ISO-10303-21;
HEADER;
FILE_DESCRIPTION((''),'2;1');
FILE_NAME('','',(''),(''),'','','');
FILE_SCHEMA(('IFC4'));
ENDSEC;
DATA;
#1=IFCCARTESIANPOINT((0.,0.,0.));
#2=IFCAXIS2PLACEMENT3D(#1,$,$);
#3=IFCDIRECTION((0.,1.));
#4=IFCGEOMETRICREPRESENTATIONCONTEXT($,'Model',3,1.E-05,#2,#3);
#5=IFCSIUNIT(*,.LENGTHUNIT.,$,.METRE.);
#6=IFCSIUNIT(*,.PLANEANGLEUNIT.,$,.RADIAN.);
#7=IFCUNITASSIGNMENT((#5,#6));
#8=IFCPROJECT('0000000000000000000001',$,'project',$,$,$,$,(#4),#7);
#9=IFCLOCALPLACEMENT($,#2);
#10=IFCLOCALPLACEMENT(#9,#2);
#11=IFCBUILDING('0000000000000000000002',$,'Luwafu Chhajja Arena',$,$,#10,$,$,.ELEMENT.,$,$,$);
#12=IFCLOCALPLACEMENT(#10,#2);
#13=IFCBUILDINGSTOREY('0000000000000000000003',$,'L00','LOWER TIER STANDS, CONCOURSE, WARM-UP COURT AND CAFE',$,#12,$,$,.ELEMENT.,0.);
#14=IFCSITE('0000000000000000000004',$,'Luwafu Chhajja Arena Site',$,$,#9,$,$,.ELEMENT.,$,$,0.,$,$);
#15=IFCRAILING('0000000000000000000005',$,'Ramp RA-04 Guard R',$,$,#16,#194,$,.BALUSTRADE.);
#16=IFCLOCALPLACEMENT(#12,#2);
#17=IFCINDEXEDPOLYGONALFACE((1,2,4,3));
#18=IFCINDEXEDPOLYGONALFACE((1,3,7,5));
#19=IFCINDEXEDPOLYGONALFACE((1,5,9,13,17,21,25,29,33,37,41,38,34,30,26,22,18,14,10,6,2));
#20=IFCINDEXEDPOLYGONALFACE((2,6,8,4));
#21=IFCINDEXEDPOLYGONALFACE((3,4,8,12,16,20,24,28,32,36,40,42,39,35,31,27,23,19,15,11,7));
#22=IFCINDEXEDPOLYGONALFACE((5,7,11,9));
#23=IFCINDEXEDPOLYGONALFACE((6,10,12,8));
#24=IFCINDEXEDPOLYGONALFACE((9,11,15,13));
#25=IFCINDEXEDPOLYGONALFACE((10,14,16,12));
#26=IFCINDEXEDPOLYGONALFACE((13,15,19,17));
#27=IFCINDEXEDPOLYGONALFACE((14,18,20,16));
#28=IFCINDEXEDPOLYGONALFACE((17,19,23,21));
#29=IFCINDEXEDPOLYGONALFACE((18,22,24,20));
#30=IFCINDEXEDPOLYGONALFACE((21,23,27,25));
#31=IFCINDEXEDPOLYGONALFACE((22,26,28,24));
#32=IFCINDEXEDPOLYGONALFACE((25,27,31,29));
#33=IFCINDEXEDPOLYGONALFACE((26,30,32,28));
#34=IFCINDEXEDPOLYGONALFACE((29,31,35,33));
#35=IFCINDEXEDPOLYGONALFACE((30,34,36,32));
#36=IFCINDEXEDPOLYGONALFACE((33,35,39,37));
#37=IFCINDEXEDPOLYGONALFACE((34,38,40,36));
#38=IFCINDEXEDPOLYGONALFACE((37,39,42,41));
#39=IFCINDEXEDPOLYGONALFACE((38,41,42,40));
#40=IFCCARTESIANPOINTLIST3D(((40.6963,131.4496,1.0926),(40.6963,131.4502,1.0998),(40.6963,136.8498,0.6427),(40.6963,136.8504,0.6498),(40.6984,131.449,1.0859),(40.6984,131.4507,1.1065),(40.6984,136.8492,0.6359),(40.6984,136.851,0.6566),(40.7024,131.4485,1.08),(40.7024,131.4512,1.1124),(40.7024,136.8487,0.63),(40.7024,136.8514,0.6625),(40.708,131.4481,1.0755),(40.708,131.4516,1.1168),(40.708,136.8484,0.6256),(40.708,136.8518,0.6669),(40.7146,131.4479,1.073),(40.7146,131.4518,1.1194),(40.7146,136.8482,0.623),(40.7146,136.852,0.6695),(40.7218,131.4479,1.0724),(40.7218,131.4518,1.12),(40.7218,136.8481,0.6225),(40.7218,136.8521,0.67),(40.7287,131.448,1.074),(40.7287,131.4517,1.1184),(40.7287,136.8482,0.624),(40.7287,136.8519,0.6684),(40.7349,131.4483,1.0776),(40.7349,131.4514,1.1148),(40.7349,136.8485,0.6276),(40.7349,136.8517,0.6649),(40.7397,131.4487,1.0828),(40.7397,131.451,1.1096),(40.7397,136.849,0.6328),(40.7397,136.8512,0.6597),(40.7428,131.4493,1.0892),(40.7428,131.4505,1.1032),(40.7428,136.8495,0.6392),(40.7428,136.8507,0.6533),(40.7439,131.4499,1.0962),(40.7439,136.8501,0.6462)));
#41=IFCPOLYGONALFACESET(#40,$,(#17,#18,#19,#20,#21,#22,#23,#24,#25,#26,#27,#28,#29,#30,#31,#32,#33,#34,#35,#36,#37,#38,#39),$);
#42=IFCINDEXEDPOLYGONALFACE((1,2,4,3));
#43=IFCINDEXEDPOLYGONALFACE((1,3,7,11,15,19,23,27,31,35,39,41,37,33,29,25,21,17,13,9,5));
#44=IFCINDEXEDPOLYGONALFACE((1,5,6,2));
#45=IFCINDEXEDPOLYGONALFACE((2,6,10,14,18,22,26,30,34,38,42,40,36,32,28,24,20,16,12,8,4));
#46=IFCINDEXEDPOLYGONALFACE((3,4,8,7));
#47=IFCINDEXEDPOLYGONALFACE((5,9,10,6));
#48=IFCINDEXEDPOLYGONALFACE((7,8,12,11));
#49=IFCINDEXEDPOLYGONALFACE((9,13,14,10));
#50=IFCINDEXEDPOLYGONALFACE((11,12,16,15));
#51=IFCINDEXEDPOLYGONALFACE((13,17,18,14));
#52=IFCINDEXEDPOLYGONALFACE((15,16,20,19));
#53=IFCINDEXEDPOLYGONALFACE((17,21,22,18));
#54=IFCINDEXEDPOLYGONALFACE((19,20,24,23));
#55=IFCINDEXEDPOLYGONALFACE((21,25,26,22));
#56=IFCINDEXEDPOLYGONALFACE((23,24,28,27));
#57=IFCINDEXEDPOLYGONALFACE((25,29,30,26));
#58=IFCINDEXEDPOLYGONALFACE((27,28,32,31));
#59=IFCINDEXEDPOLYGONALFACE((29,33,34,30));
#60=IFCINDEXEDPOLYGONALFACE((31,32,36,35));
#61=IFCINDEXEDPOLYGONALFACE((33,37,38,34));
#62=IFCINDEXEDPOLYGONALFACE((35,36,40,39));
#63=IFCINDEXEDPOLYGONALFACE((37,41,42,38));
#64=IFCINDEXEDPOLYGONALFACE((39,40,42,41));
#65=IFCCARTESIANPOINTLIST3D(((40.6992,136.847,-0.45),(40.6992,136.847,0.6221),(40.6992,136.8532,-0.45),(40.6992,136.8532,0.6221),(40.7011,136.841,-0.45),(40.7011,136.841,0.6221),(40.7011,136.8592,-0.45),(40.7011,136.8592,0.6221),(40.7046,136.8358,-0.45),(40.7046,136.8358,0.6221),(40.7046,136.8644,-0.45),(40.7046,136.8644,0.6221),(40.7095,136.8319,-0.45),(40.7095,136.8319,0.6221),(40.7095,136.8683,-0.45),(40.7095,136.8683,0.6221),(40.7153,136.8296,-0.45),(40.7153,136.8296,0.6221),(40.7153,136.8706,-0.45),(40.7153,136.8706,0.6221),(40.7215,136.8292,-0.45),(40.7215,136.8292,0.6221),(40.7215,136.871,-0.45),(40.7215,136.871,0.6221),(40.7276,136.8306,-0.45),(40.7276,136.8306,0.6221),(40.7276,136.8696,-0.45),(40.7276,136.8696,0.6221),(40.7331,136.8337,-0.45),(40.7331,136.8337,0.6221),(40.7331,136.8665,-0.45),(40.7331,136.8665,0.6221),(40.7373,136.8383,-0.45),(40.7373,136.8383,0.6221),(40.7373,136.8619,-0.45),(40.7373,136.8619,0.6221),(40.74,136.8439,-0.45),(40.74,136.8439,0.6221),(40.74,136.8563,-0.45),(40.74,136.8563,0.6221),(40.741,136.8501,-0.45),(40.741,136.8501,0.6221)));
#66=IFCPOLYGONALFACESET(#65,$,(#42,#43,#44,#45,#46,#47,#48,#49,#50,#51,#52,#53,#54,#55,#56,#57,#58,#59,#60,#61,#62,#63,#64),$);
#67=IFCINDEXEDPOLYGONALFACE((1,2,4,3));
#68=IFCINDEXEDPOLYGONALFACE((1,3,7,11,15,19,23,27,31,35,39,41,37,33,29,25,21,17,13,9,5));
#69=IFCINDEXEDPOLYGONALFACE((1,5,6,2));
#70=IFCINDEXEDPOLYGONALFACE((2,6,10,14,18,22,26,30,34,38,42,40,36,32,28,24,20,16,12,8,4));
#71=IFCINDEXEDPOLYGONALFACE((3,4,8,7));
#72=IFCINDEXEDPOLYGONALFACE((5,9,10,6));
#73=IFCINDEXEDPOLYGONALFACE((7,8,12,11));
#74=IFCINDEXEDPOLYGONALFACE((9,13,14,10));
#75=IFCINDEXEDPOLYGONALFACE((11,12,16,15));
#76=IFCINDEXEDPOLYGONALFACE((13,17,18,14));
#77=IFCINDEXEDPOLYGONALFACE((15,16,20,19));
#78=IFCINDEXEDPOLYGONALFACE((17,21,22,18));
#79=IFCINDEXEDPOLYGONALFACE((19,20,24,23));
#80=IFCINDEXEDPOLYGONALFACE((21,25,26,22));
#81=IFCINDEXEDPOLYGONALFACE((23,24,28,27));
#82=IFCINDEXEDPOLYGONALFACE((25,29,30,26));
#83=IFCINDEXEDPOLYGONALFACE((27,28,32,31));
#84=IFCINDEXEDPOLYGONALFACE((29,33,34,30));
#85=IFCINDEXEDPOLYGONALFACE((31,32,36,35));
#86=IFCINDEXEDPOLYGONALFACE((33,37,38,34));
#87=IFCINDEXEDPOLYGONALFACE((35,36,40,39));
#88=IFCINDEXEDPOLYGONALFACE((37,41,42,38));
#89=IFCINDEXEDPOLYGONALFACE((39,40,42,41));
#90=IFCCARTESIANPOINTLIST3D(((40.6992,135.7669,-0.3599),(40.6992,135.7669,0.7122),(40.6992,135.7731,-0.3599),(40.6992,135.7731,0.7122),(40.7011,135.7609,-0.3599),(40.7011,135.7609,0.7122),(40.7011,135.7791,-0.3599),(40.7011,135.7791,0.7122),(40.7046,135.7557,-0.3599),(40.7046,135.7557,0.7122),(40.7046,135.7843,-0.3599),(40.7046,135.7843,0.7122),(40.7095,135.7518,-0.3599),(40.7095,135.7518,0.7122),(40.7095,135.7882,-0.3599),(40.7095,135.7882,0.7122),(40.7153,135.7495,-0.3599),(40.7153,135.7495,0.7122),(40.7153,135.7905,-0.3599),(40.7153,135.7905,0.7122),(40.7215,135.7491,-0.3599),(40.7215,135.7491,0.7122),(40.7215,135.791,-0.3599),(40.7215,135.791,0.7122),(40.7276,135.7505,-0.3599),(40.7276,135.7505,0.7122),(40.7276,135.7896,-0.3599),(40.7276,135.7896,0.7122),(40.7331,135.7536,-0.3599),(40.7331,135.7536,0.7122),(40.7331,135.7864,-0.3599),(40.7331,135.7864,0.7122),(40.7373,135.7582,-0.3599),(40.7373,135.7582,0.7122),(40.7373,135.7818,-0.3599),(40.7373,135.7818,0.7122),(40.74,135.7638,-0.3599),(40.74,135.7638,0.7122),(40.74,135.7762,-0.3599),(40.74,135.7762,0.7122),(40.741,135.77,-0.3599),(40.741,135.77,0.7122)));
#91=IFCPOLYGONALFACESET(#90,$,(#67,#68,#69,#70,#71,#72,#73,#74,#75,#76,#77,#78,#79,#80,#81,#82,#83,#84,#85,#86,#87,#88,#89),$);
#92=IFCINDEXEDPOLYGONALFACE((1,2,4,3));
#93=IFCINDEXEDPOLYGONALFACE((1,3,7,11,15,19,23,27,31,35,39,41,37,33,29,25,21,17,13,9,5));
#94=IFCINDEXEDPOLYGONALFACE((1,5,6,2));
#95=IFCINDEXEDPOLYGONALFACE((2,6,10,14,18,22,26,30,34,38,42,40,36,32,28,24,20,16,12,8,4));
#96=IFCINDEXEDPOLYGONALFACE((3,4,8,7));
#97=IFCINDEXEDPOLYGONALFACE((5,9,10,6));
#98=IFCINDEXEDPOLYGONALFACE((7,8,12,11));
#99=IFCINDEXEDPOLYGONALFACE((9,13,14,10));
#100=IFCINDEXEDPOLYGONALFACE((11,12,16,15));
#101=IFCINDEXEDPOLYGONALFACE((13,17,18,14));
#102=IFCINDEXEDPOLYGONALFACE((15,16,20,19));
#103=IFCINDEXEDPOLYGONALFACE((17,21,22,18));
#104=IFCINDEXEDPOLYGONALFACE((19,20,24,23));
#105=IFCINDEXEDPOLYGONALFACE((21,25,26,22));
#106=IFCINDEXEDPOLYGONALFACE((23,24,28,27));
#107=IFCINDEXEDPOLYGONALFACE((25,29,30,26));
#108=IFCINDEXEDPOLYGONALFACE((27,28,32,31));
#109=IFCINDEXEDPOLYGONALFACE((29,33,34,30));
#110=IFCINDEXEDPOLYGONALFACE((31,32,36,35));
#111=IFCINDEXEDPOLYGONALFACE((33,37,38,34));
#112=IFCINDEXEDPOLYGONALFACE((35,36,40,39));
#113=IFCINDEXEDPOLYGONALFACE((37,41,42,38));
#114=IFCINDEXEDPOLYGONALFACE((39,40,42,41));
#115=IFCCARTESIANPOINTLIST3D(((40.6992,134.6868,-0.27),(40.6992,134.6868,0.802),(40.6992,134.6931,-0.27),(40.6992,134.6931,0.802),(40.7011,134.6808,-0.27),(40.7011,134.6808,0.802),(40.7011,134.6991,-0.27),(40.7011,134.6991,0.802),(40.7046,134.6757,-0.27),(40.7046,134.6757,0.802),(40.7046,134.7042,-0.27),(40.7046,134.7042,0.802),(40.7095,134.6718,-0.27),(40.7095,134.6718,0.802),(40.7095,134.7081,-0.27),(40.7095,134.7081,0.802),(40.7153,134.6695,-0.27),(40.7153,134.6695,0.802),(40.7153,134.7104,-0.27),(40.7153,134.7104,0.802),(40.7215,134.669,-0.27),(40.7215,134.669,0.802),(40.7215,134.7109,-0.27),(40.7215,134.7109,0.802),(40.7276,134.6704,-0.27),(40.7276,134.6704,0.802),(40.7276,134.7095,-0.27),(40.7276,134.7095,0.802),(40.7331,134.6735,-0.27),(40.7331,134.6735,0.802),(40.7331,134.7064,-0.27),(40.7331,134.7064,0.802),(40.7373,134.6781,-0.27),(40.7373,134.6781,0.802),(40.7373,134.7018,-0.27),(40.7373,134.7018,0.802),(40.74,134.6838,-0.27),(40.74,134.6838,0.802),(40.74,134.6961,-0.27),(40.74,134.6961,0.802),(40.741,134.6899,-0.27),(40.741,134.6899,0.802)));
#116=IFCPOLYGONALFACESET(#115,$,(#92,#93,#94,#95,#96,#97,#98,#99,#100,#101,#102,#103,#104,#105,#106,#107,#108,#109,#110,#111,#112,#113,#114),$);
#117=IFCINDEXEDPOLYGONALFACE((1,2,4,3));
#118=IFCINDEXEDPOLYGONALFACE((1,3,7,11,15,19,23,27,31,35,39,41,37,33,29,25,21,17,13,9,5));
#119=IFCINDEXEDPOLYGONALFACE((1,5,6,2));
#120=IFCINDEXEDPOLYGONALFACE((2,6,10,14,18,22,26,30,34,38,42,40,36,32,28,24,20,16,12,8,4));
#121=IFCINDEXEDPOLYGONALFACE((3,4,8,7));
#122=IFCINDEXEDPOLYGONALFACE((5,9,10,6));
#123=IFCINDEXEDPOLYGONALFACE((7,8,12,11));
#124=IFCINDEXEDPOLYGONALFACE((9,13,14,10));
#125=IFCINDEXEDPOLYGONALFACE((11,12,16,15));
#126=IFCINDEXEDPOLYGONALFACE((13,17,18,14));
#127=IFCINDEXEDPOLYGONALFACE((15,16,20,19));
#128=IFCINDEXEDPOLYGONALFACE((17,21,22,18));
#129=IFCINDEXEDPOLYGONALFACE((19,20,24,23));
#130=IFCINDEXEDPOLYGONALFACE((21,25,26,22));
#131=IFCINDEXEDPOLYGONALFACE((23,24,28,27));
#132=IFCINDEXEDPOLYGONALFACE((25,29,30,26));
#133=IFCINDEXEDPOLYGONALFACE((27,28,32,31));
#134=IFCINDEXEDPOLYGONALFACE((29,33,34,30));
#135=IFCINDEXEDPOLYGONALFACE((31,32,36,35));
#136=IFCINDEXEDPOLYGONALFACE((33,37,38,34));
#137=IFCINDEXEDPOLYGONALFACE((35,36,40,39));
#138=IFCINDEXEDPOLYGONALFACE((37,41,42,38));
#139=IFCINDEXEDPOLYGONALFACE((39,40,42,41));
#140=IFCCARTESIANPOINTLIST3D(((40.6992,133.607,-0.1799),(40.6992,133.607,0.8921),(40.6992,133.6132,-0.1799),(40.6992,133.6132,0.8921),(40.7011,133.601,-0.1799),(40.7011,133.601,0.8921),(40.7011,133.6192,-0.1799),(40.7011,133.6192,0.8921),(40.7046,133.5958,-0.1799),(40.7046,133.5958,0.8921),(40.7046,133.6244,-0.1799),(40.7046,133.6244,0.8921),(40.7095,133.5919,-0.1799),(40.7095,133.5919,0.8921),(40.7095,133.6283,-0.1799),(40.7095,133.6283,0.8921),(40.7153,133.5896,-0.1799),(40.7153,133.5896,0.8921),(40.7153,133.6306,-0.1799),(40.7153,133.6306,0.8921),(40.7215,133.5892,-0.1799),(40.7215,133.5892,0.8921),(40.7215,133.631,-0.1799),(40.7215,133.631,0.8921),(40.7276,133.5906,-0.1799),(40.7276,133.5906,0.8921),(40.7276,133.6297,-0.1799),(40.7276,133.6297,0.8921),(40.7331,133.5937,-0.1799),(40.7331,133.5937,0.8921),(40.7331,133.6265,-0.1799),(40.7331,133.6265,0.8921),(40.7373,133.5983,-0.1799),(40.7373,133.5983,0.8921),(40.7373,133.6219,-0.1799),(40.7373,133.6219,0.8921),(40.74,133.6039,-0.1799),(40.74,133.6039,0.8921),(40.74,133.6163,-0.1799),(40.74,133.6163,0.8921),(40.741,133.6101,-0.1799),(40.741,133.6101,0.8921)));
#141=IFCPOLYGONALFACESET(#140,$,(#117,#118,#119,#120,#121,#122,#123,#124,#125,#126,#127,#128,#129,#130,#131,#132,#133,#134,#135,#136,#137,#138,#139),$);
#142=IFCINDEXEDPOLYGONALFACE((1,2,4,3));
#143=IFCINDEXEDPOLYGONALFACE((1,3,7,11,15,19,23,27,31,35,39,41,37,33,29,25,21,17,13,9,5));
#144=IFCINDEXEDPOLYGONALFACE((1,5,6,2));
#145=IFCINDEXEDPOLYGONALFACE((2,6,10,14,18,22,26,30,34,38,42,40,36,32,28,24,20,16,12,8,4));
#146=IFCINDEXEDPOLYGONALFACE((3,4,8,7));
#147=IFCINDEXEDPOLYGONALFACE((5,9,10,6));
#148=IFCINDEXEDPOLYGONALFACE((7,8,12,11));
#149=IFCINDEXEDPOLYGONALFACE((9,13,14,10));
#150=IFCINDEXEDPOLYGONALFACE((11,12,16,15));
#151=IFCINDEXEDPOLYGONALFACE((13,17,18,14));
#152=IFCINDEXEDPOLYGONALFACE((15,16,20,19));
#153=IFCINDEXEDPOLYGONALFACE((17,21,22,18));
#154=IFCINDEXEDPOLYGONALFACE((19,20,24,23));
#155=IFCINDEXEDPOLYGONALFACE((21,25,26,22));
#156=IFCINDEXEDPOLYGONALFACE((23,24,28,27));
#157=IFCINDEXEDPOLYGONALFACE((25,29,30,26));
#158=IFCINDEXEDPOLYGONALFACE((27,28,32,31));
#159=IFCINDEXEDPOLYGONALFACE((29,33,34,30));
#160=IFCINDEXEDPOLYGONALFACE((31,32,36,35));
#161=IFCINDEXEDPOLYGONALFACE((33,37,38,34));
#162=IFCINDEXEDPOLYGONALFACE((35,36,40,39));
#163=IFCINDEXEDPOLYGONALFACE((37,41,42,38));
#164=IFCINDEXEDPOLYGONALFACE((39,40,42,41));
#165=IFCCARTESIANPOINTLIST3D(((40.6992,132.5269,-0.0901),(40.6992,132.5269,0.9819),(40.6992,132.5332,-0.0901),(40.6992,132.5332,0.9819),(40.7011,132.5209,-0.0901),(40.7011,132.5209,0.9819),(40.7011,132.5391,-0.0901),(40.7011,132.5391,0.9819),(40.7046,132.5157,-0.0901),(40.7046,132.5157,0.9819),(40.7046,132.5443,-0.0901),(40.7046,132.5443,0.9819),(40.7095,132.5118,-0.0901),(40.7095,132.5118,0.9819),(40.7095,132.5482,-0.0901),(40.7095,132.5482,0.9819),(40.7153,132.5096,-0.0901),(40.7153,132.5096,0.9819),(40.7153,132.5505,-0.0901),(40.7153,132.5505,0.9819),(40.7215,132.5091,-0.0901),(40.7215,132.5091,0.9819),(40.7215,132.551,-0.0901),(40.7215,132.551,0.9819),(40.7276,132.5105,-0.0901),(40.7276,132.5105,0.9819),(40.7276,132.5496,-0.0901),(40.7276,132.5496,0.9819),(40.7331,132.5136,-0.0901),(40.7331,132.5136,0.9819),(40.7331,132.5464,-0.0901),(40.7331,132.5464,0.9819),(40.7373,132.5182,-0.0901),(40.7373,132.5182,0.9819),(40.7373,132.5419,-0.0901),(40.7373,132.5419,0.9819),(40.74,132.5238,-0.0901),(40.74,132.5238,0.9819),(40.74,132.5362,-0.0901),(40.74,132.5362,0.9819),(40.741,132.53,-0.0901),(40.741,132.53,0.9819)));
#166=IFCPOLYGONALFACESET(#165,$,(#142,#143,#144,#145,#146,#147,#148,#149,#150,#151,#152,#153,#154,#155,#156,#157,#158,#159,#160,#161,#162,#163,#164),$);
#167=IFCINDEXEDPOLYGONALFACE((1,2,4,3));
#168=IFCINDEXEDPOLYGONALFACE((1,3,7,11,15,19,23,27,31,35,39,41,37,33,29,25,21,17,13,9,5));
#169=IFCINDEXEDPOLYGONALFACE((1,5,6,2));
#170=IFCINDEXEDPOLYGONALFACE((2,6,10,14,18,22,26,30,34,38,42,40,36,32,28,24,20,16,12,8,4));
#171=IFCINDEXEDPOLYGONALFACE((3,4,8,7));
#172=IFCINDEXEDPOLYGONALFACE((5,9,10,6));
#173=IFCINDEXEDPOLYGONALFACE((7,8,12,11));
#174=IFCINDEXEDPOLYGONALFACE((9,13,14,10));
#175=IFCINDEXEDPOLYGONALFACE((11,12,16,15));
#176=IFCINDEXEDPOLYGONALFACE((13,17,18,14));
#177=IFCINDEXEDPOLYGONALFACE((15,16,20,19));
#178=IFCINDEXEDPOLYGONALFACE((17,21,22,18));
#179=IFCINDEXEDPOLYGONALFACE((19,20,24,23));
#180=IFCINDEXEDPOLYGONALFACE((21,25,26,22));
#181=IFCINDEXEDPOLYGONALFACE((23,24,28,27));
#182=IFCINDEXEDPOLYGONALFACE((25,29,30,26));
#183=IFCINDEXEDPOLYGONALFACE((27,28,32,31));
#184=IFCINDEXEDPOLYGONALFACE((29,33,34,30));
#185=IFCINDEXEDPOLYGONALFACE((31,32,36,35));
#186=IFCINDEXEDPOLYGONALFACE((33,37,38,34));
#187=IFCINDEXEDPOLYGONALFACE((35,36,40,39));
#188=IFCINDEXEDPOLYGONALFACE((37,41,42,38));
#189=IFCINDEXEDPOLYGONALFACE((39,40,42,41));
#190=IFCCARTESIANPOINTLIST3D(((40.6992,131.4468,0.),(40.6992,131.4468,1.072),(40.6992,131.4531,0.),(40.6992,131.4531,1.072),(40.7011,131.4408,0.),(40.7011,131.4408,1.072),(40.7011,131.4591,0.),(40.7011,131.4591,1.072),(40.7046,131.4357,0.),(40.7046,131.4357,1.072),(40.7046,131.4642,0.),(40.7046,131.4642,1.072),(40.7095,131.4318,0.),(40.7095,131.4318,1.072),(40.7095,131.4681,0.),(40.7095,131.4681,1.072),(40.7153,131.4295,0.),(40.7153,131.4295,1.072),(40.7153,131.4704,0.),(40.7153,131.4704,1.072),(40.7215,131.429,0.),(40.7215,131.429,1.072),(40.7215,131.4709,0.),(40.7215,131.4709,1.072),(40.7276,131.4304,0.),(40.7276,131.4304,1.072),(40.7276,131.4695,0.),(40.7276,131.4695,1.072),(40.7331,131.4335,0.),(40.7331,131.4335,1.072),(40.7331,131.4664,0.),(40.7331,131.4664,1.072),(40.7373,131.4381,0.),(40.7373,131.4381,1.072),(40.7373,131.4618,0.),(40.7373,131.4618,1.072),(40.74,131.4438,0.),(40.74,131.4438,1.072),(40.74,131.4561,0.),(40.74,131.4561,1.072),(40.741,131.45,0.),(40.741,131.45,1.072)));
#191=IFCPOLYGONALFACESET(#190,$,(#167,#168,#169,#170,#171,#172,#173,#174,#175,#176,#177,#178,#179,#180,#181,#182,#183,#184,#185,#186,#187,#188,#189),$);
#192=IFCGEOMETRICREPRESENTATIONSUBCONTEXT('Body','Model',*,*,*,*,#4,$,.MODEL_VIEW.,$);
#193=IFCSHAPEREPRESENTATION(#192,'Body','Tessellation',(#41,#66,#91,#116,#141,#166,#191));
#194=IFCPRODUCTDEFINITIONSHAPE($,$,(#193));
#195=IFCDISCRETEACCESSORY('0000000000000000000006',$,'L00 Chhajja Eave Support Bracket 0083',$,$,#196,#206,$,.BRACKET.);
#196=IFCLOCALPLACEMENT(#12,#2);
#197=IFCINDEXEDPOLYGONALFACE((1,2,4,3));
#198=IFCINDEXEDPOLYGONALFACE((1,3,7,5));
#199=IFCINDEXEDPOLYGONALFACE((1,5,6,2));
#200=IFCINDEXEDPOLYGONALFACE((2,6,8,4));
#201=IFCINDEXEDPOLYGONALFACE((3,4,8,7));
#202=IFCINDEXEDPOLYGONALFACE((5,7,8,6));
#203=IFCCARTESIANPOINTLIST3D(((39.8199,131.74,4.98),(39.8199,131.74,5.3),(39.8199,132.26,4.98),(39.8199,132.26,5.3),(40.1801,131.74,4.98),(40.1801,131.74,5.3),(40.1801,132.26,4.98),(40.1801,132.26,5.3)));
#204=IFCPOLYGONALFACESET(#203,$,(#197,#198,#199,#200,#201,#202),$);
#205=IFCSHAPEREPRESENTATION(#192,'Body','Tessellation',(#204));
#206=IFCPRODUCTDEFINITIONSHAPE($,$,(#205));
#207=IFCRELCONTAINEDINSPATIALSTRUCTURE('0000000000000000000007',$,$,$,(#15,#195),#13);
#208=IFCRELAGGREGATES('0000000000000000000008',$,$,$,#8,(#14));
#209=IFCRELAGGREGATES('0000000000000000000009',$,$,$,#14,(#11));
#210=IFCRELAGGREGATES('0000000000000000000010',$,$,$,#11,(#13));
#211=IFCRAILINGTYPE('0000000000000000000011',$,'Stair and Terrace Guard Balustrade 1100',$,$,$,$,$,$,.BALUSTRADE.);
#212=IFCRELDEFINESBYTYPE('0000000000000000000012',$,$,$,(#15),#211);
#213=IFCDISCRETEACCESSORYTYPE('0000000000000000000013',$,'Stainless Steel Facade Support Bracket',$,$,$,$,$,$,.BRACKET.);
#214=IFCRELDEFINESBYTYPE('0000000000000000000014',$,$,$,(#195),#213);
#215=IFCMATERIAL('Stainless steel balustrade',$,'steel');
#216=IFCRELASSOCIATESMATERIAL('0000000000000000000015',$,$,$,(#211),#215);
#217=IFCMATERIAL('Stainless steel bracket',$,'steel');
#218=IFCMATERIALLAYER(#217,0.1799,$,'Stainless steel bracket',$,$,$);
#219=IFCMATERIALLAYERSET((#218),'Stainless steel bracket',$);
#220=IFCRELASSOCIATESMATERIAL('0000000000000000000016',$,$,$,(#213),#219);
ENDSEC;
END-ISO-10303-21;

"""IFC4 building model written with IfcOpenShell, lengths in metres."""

from ifc_helpers import new_model, si_unit, direction, frame, origin, origin_2d, place, context, subcontext, project, spatial, rectangle, circle, extrude, material, layer, layer_set, type_object, element, save


model = new_model("IFC4")

# Units and contexts
model_context = context("Model", 3, precision=1e-05, world=origin(), true_north=direction((0.0, 1.0)))
body_context = subcontext(model_context, "Body", "Model", "MODEL_VIEW")
ifc_project = project(units=[si_unit("LENGTHUNIT", "METRE"), si_unit("PLANEANGLEUNIT", "RADIAN")], contexts=[model_context])

# Site, building, storey
site_placement = place(None, origin())
site = spatial("IfcSite", under=ifc_project, at=site_placement, Name="Luwafu Chhajja Arena Site", CompositionType="ELEMENT", RefElevation=0.0)
building_placement = place(site_placement, origin())
building = spatial("IfcBuilding", under=site, at=building_placement, Name="Luwafu Chhajja Arena", CompositionType="ELEMENT")
storey_placement = place(building_placement, origin())
storey = spatial("IfcBuildingStorey", under=building, at=storey_placement, Name="L00", Description="LOWER TIER STANDS, CONCOURSE, WARM-UP COURT AND CAFE", CompositionType="ELEMENT", Elevation=0.0)

# Railing
ifc_material_1 = material(Name="Stainless steel balustrade", Category="steel")
railing_type = type_object("IfcRailingType", Name="Stair and Terrace Guard Balustrade 1100", PredefinedType="BALUSTRADE", material=ifc_material_1)
for number, where, name in (
    (1, (40.72, 136.8501, -0.45), "Ramp RA-04 Guard R"),
):
    element("IfcRailing", number, at=place(storey_placement, frame(where)), inside=storey, type_object=railing_type, Name=name, PredefinedType="BALUSTRADE", context=body_context, shape_type="SweptSolid", body=[
        extrude(circle(Radius=0.0239, at=origin_2d()), frame((0.0, 0.0, 1.0962), z_axis=(0.0, -0.996547, 0.083034), x_axis=(1.0, 0.0, 0.0)), (0.0, 0.0, 1.0), 5.4189),
        extrude(circle(Radius=0.021, at=origin_2d()), origin(), (0.0, 0.0, 1.0), 1.072),
        extrude(circle(Radius=0.021, at=origin_2d()), frame((0.0, -1.0801, 0.0901)), (0.0, 0.0, 1.0), 1.072),
        extrude(circle(Radius=0.021, at=origin_2d()), frame((0.0, -2.1602, 0.1799)), (0.0, 0.0, 1.0), 1.072),
        extrude(circle(Radius=0.021, at=origin_2d()), frame((0.0, -3.24, 0.27)), (0.0, 0.0, 1.0), 1.072),
        extrude(circle(Radius=0.021, at=origin_2d()), frame((0.0, -4.3201, 0.3599)), (0.0, 0.0, 1.0), 1.072),
        extrude(circle(Radius=0.021, at=origin_2d()), frame((0.0, -5.4001, 0.45)), (0.0, 0.0, 1.0), 1.072),
    ])

# Discrete accessory
ifc_material_2 = material(Name="Stainless steel bracket", Category="steel")
ifc_layer_1 = layer(ifc_material_2, 0.1799, Name="Stainless steel bracket")
ifc_layer_set_1 = layer_set([ifc_layer_1], Name="Stainless steel bracket")
discrete_accessory_type = type_object("IfcDiscreteAccessoryType", Name="Stainless Steel Facade Support Bracket", PredefinedType="BRACKET", material=ifc_layer_set_1)
discrete_accessory_placement = place(storey_placement, frame((40.0, 132.0, 4.98), z_axis=(0.0, 0.0, 1.0), x_axis=(1.0, 0.0, 0.0)))
element("IfcDiscreteAccessory", 2, at=discrete_accessory_placement, inside=storey, type_object=discrete_accessory_type, Name="L00 Chhajja Eave Support Bracket 0083", PredefinedType="BRACKET", context=body_context, shape_type="SweptSolid", body=[
    extrude(rectangle(XDim=0.3601, YDim=0.52, at=origin_2d()), origin(), (0.0, 0.0, 1.0), 0.3201),
])

save(model, "model.ifc")
